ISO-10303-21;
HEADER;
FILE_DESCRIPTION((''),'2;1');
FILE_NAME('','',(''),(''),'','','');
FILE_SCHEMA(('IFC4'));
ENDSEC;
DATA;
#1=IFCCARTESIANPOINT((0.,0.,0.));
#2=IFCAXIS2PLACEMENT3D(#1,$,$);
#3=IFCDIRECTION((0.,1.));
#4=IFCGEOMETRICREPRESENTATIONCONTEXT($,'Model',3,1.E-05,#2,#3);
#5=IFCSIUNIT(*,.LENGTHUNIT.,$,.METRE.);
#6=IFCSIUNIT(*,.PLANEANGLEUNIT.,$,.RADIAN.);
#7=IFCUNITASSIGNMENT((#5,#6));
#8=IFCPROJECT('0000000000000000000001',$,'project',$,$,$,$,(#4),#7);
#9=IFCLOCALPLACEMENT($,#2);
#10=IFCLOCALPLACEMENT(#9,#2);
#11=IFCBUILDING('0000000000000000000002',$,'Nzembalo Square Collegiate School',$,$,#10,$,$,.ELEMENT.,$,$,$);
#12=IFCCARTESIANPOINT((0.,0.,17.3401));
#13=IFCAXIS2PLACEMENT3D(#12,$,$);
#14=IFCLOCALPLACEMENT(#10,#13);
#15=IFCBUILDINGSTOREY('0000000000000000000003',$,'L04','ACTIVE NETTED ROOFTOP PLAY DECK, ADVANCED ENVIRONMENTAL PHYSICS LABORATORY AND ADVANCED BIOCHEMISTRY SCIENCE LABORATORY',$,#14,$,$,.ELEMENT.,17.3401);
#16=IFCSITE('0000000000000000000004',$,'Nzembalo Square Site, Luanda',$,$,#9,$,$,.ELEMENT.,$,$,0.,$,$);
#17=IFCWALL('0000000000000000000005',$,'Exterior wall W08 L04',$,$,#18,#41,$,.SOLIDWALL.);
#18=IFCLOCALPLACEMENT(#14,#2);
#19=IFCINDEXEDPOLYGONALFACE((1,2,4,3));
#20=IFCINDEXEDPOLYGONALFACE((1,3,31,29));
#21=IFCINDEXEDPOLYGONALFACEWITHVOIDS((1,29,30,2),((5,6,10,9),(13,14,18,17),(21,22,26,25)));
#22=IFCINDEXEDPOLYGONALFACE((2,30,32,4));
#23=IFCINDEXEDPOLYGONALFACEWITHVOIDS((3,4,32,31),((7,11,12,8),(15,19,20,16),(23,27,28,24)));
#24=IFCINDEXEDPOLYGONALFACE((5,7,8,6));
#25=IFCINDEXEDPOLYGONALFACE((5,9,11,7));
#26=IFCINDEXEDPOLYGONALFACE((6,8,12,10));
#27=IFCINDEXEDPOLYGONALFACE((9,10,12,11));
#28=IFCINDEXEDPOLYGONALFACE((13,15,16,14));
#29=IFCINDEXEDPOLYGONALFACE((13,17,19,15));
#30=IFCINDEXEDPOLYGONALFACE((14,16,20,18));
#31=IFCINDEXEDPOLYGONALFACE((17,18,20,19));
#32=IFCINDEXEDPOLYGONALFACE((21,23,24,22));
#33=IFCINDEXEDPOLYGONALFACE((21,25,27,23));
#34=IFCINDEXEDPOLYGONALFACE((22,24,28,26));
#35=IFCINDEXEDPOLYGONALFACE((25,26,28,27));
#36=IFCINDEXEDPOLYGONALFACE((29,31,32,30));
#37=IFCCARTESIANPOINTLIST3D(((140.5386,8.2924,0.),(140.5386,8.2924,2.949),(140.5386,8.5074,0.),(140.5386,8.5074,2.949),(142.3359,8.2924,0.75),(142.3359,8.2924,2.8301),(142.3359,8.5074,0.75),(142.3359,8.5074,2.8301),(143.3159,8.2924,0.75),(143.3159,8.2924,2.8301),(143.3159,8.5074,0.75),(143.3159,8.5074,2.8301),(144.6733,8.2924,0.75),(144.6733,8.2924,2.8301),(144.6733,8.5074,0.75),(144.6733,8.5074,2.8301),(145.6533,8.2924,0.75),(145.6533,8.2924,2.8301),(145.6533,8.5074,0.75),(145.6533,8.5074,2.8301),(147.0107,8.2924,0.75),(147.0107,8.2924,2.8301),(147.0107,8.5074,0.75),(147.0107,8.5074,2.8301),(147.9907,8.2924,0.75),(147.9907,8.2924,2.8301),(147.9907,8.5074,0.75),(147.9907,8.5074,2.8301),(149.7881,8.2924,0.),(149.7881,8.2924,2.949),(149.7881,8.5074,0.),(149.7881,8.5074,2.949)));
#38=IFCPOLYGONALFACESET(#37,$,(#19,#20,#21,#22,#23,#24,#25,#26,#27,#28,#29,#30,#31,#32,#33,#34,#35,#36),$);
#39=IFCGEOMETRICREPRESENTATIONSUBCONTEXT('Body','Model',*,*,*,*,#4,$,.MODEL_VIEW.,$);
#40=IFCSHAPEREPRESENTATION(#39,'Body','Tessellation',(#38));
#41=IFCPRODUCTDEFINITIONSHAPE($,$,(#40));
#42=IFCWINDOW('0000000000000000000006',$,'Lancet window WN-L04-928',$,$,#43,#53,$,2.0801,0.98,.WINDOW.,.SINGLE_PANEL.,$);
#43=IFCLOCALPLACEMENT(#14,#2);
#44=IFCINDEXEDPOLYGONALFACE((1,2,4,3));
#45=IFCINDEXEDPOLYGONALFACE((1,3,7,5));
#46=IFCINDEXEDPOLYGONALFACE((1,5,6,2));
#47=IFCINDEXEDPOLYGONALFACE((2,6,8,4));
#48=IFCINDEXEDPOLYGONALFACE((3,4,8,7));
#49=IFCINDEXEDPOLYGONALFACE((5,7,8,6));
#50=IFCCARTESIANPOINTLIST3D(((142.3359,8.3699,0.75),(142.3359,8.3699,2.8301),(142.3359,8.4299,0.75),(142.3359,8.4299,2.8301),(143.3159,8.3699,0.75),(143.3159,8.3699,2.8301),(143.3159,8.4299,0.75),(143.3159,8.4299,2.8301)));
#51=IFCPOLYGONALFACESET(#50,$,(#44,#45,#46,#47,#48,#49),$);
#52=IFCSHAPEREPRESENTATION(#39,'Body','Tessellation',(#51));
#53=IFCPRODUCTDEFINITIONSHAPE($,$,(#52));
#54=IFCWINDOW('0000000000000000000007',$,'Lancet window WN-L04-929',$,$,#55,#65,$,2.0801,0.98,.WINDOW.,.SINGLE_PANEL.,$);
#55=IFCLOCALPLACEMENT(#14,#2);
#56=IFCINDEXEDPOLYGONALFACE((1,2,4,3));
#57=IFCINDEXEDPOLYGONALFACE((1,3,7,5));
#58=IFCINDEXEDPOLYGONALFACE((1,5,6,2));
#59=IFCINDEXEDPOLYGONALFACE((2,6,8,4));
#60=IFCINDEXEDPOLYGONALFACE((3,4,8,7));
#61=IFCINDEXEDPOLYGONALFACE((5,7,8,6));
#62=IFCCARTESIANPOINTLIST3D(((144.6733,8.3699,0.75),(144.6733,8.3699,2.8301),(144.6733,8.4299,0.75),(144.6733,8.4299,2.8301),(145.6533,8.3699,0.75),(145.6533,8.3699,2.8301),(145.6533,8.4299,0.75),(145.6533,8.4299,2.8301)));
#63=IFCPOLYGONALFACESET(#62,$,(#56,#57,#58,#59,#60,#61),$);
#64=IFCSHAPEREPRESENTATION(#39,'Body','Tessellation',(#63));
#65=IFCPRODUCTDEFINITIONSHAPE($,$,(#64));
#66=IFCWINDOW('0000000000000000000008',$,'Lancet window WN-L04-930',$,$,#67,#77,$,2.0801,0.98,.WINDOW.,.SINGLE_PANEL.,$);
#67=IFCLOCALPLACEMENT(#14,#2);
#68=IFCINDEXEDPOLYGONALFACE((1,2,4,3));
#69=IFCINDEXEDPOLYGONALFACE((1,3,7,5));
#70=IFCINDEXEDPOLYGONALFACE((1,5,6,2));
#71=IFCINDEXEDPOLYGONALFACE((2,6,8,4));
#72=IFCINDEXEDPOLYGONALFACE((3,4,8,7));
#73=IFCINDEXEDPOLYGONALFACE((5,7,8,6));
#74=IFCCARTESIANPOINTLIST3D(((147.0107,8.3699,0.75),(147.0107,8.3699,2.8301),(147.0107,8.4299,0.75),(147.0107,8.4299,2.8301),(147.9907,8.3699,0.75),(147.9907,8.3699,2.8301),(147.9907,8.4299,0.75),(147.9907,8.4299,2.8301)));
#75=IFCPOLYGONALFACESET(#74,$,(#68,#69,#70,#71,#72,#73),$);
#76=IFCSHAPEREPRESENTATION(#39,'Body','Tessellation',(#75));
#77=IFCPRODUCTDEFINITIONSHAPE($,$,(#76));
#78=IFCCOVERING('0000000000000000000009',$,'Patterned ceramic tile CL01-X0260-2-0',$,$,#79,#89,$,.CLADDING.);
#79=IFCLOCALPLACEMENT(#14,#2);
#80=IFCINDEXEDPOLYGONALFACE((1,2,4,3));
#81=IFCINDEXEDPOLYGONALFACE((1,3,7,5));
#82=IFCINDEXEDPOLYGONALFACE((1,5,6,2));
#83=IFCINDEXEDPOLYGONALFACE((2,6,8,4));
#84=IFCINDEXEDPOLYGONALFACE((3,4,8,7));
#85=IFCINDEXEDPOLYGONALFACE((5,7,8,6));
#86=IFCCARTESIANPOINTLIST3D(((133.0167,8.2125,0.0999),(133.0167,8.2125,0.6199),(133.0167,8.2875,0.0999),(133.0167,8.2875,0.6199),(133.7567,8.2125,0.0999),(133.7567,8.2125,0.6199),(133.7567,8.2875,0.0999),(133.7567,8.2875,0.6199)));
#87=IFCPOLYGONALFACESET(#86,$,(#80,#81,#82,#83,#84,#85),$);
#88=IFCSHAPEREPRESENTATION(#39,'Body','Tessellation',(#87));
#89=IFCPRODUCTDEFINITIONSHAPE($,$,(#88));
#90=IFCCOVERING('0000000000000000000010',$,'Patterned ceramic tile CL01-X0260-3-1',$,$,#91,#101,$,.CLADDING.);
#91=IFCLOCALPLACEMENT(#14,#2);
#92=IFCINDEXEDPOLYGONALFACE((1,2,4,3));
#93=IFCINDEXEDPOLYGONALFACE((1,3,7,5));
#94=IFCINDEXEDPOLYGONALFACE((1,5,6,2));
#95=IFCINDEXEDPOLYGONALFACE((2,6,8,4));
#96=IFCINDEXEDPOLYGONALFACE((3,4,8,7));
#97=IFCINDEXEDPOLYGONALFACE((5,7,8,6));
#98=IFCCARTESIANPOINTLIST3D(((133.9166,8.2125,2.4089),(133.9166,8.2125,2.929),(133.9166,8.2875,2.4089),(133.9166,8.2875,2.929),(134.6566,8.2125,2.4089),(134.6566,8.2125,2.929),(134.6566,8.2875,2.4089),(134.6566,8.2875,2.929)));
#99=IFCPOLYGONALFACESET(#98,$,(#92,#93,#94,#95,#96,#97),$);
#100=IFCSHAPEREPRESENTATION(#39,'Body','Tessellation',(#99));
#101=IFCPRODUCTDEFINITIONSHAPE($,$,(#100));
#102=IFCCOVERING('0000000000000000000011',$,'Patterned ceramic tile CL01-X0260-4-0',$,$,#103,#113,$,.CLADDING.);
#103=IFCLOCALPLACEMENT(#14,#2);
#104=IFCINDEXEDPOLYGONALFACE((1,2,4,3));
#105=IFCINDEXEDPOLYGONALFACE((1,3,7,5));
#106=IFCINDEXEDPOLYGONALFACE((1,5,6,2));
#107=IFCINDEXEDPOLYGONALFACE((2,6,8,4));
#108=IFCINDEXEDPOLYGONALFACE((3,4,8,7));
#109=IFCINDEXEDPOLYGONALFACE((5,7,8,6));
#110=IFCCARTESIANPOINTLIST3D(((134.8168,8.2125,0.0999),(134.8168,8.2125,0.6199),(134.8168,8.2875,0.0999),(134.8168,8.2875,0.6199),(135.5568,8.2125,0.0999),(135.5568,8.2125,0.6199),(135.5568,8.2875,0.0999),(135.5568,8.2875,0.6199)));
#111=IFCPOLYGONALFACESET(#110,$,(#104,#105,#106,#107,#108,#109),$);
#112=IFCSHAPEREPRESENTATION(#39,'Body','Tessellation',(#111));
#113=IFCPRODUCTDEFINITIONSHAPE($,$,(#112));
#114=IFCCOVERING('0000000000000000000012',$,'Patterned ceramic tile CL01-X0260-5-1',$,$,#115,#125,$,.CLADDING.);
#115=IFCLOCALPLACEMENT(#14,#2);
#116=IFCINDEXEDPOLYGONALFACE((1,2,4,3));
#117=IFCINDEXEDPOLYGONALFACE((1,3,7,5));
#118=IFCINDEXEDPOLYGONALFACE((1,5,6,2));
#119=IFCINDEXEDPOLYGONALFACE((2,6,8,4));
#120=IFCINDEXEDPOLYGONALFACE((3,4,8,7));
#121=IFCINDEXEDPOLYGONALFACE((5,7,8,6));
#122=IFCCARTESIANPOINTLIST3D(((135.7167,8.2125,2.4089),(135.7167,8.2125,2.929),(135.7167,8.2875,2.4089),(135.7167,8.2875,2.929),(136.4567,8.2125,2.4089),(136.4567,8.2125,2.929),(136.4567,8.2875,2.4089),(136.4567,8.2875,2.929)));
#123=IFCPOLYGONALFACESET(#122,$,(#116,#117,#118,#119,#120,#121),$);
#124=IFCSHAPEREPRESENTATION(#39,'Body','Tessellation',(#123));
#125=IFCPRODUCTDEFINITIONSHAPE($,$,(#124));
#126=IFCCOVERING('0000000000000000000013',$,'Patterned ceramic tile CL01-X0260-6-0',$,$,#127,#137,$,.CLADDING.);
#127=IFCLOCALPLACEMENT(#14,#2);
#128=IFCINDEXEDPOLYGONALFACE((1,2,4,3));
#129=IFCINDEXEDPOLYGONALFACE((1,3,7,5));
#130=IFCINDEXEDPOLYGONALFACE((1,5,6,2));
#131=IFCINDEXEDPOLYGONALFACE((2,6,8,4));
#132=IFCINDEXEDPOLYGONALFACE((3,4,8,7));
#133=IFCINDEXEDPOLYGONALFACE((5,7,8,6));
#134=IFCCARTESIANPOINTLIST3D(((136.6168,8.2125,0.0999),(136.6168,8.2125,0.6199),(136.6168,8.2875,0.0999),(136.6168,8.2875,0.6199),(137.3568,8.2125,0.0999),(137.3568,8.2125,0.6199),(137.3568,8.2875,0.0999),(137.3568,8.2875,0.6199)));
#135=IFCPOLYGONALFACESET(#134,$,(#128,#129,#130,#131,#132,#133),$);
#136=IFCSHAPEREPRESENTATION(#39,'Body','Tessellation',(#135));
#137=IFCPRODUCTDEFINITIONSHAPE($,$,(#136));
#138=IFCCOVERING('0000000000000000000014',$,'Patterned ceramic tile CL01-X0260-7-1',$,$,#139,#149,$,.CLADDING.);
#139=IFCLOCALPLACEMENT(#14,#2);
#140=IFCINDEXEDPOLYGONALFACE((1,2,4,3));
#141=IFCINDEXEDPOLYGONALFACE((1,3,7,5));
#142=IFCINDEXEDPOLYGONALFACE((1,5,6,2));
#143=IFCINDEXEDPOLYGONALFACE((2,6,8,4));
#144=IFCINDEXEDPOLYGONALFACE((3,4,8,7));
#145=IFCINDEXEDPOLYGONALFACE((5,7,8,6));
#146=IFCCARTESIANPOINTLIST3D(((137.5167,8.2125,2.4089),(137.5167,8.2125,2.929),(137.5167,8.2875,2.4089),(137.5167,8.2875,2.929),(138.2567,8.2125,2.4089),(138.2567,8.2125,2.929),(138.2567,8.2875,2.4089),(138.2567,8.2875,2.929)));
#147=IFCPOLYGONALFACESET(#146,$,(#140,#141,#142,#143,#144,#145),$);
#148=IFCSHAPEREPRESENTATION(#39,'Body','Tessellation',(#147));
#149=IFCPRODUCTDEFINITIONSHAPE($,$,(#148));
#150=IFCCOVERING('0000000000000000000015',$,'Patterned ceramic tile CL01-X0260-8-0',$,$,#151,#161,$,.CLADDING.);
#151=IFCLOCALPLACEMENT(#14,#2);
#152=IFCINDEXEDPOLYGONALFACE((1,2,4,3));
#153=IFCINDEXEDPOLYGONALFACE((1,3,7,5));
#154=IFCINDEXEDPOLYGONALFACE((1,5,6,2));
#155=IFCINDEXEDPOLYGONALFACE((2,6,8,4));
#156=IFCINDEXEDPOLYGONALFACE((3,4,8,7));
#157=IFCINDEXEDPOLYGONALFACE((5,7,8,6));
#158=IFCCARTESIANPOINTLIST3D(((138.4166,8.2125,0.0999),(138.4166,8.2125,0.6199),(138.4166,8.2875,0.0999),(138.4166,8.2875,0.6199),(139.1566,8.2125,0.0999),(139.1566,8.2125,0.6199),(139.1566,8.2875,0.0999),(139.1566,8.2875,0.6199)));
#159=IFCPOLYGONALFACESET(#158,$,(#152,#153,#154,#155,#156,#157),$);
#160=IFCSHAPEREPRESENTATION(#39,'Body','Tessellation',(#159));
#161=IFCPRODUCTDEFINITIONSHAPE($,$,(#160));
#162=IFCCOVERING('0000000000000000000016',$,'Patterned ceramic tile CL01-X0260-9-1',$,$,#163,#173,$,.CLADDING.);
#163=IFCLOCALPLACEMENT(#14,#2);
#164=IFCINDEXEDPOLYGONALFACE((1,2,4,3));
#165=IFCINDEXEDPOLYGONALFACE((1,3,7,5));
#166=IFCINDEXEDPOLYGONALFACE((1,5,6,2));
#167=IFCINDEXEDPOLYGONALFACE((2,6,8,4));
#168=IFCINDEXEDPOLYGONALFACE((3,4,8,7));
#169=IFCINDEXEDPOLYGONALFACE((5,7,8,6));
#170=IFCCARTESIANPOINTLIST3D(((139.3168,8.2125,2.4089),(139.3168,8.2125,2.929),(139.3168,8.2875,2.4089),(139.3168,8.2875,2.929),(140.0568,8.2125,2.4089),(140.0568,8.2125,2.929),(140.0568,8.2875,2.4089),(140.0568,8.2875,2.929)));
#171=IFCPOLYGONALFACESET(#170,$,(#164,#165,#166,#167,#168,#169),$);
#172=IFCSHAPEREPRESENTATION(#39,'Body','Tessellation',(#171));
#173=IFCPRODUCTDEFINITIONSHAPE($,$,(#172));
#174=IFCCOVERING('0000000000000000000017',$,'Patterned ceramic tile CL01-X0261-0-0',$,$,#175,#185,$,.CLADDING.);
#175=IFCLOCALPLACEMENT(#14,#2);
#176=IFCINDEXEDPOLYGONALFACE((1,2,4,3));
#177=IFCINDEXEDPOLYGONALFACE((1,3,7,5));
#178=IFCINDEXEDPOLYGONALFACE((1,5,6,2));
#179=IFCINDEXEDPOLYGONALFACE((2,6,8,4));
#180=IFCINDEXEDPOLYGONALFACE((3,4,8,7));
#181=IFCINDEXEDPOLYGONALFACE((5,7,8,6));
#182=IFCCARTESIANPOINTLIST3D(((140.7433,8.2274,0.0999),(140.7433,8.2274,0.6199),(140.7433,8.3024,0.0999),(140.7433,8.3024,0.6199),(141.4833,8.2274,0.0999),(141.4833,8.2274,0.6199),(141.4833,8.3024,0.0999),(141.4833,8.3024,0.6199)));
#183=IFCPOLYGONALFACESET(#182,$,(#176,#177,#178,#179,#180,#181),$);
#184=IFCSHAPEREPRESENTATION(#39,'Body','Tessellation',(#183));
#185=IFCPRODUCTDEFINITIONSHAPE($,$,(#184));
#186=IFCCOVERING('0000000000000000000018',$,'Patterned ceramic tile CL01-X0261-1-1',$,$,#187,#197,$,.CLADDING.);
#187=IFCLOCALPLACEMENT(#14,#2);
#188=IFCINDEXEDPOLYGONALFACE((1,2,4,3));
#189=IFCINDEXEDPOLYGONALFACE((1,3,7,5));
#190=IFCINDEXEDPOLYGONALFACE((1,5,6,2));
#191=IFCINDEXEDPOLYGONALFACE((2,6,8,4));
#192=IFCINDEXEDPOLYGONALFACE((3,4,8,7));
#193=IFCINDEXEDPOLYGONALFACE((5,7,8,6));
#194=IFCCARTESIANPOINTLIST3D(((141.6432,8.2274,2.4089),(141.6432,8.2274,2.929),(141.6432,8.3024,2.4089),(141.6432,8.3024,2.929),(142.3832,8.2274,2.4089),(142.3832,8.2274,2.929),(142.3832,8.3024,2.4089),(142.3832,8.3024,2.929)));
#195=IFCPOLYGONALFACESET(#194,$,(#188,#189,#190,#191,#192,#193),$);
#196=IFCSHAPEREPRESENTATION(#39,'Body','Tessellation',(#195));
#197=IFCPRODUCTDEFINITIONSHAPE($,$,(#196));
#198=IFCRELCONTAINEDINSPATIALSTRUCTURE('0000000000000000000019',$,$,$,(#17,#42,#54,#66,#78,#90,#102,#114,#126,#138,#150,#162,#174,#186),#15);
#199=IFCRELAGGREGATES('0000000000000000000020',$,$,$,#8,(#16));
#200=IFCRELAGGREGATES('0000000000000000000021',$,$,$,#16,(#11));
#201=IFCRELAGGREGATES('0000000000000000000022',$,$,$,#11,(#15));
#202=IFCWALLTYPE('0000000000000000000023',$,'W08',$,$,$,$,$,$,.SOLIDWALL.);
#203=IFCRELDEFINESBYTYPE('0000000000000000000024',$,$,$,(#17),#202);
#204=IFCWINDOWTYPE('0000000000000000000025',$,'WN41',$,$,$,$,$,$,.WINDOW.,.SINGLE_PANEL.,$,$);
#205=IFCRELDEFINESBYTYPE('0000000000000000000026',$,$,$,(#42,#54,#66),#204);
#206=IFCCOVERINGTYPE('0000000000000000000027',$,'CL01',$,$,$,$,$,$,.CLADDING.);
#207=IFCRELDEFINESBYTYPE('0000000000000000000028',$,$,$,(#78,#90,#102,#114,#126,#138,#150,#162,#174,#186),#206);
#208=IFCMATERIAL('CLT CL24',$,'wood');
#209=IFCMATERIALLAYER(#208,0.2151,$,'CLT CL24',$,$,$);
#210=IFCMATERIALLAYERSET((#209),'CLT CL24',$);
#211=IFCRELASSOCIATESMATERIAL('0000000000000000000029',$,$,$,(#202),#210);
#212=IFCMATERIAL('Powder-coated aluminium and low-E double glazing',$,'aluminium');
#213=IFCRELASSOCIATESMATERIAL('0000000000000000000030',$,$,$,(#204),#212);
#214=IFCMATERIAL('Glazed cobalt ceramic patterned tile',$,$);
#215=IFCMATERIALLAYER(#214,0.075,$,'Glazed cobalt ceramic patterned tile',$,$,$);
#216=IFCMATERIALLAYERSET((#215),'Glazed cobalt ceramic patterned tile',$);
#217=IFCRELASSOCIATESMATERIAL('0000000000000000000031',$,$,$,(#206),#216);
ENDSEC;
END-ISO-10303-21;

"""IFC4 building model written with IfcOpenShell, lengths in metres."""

from ifc_helpers import new_model, si_unit, direction, frame, frame_2d, origin, origin_2d, place, context, subcontext, project, spatial, rectangle, extrude, material, layer, layer_set, type_object, element, fill, save


model = new_model("IFC4")

# Units and contexts
model_context = context("Model", 3, precision=1e-05, world=origin(), true_north=direction((0.0, 1.0)))
body_context = subcontext(model_context, "Body", "Model", "MODEL_VIEW")
ifc_project = project(units=[si_unit("LENGTHUNIT", "METRE"), si_unit("PLANEANGLEUNIT", "RADIAN")], contexts=[model_context])

# Site, building, storey
site_placement = place(None, origin())
site = spatial("IfcSite", under=ifc_project, at=site_placement, Name="Nzembalo Square Site, Luanda", CompositionType="ELEMENT", RefElevation=0.0)
building_placement = place(site_placement, origin())
building = spatial("IfcBuilding", under=site, at=building_placement, Name="Nzembalo Square Collegiate School", CompositionType="ELEMENT")
storey_placement = place(building_placement, frame((0.0, 0.0, 17.3401)))
storey = spatial("IfcBuildingStorey", under=building, at=storey_placement, Name="L04", Description="ACTIVE NETTED ROOFTOP PLAY DECK, ADVANCED ENVIRONMENTAL PHYSICS LABORATORY AND ADVANCED BIOCHEMISTRY SCIENCE LABORATORY", CompositionType="ELEMENT", Elevation=17.3401)

# Wall, openings, windows
ifc_material_1 = material(Name="CLT CL24", Category="wood")
ifc_layer_1 = layer(ifc_material_1, 0.2151, Name="CLT CL24")
ifc_layer_set_1 = layer_set([ifc_layer_1], Name="CLT CL24")
wall_type_1 = type_object("IfcWallType", Name="W08", PredefinedType="SOLIDWALL", material=ifc_layer_set_1)
wall_1_placement = place(storey_placement, frame((140.5386, 8.3999, 0.0), z_axis=(0.0, 0.0, 1.0), x_axis=(1.0, 0.0, 0.0)))
wall_1 = element("IfcWall", 1, at=wall_1_placement, inside=storey, type_object=wall_type_1, Name="Exterior wall W08 L04", PredefinedType="SOLIDWALL", context=body_context, shape_type="SweptSolid", body=[
    extrude(rectangle(XDim=9.2495, YDim=0.2151, at=frame_2d((4.6248, 0.0))), origin(), (0.0, 0.0, 1.0), 2.949),
])
opening_1_placement = place(wall_1_placement, frame((1.7974, 0.0, 0.75)))
opening_1 = element("IfcOpeningElement", 2, at=opening_1_placement, cuts=wall_1, PredefinedType="OPENING", context=body_context, shape_type="SweptSolid", body=[
    extrude(rectangle(XDim=0.98, YDim=2.0801, at=frame_2d((0.49, 1.04))), frame((0.0, 0.1177, 0.0), z_axis=(0.0, -1.0, 0.0), x_axis=(1.0, 0.0, 0.0)), (0.0, 0.0, 1.0), 0.2351),
])
opening_2_placement = place(wall_1_placement, frame((4.1348, 0.0, 0.75)))
opening_2 = element("IfcOpeningElement", 3, at=opening_2_placement, cuts=wall_1, PredefinedType="OPENING", context=body_context, shape_type="SweptSolid", body=[
    extrude(rectangle(XDim=0.98, YDim=2.0801, at=frame_2d((0.49, 1.04))), frame((0.0, 0.1177, 0.0), z_axis=(0.0, -1.0, 0.0), x_axis=(1.0, 0.0, 0.0)), (0.0, 0.0, 1.0), 0.2351),
])
opening_3_placement = place(wall_1_placement, frame((6.4722, 0.0, 0.75)))
opening_3 = element("IfcOpeningElement", 4, at=opening_3_placement, cuts=wall_1, PredefinedType="OPENING", context=body_context, shape_type="SweptSolid", body=[
    extrude(rectangle(XDim=0.98, YDim=2.0801, at=frame_2d((0.49, 1.04))), frame((0.0, 0.1177, 0.0), z_axis=(0.0, -1.0, 0.0), x_axis=(1.0, 0.0, 0.0)), (0.0, 0.0, 1.0), 0.2351),
])
ifc_material_2 = material(Name="Powder-coated aluminium and low-E double glazing", Category="aluminium")
window_type_1 = type_object("IfcWindowType", Name="WN41", PartitioningType="SINGLE_PANEL", PredefinedType="WINDOW", material=ifc_material_2)
window_1_placement = place(opening_1_placement, origin())
window_1 = element("IfcWindow", 5, at=window_1_placement, inside=storey, type_object=window_type_1, Name="Lancet window WN-L04-928", OverallHeight=2.0801, OverallWidth=0.98, PartitioningType="SINGLE_PANEL", PredefinedType="WINDOW", context=body_context, shape_type="SweptSolid", body=[
    extrude(rectangle(XDim=0.98, YDim=2.0801, at=frame_2d((0.49, 1.04))), frame((0.0, 0.03, 0.0), z_axis=(0.0, -1.0, 0.0), x_axis=(1.0, 0.0, 0.0)), (0.0, 0.0, 1.0), 0.0601),
])
fill(opening_1, window_1)
window_2_placement = place(opening_2_placement, origin())
window_2 = element("IfcWindow", 6, at=window_2_placement, inside=storey, type_object=window_type_1, Name="Lancet window WN-L04-929", OverallHeight=2.0801, OverallWidth=0.98, PartitioningType="SINGLE_PANEL", PredefinedType="WINDOW", context=body_context, shape_type="SweptSolid", body=[
    extrude(rectangle(XDim=0.98, YDim=2.0801, at=frame_2d((0.49, 1.04))), frame((0.0, 0.03, 0.0), z_axis=(0.0, -1.0, 0.0), x_axis=(1.0, 0.0, 0.0)), (0.0, 0.0, 1.0), 0.0601),
])
fill(opening_2, window_2)
window_3_placement = place(opening_3_placement, origin())
window_3 = element("IfcWindow", 7, at=window_3_placement, inside=storey, type_object=window_type_1, Name="Lancet window WN-L04-930", OverallHeight=2.0801, OverallWidth=0.98, PartitioningType="SINGLE_PANEL", PredefinedType="WINDOW", context=body_context, shape_type="SweptSolid", body=[
    extrude(rectangle(XDim=0.98, YDim=2.0801, at=frame_2d((0.49, 1.04))), frame((0.0, 0.03, 0.0), z_axis=(0.0, -1.0, 0.0), x_axis=(1.0, 0.0, 0.0)), (0.0, 0.0, 1.0), 0.0601),
])
fill(opening_3, window_3)

# Coverings
ifc_material_3 = material(Name="Glazed cobalt ceramic patterned tile")
ifc_layer_2 = layer(ifc_material_3, 0.075, Name="Glazed cobalt ceramic patterned tile")
ifc_layer_set_2 = layer_set([ifc_layer_2], Name="Glazed cobalt ceramic patterned tile")
covering_type = type_object("IfcCoveringType", Name="CL01", PredefinedType="CLADDING", material=ifc_layer_set_2)
for number, where, z_axis, x_axis, name in (
    (8, (133.3867, 8.25, 0.0999), (0.0, 0.0, 1.0), (1.0, 0.0, 0.0), "Patterned ceramic tile CL01-X0260-2-0"),
    (9, (134.2866, 8.25, 2.4089), (0.0, 0.0, 1.0), (1.0, 0.0, 0.0), "Patterned ceramic tile CL01-X0260-3-1"),
    (10, (135.1868, 8.25, 0.0999), (0.0, 0.0, 1.0), (1.0, 0.0, 0.0), "Patterned ceramic tile CL01-X0260-4-0"),
    (11, (136.0867, 8.25, 2.4089), (0.0, 0.0, 1.0), (1.0, 0.0, 0.0), "Patterned ceramic tile CL01-X0260-5-1"),
    (12, (136.9868, 8.25, 0.0999), (0.0, 0.0, 1.0), (1.0, 0.0, 0.0), "Patterned ceramic tile CL01-X0260-6-0"),
    (13, (137.8867, 8.25, 2.4089), (0.0, 0.0, 1.0), (1.0, 0.0, 0.0), "Patterned ceramic tile CL01-X0260-7-1"),
    (14, (138.7866, 8.25, 0.0999), (0.0, 0.0, 1.0), (1.0, 0.0, 0.0), "Patterned ceramic tile CL01-X0260-8-0"),
    (15, (139.6868, 8.25, 2.4089), (0.0, 0.0, 1.0), (1.0, 0.0, 0.0), "Patterned ceramic tile CL01-X0260-9-1"),
    (16, (141.1133, 8.2649, 0.0999), (0.0, 0.0, 1.0), (1.0, 0.0, 0.0), "Patterned ceramic tile CL01-X0261-0-0"),
    (17, (142.0132, 8.2649, 2.4089), (0.0, 0.0, 1.0), (1.0, 0.0, 0.0), "Patterned ceramic tile CL01-X0261-1-1"),
):
    element("IfcCovering", number, at=place(storey_placement, frame(where, z_axis=z_axis, x_axis=x_axis)), inside=storey, type_object=covering_type, Name=name, PredefinedType="CLADDING", context=body_context, shape_type="SweptSolid", body=[
        extrude(rectangle(XDim=0.74, YDim=0.075, at=origin_2d()), origin(), (0.0, 0.0, 1.0), 0.52),
    ])

save(model, "model.ifc")
